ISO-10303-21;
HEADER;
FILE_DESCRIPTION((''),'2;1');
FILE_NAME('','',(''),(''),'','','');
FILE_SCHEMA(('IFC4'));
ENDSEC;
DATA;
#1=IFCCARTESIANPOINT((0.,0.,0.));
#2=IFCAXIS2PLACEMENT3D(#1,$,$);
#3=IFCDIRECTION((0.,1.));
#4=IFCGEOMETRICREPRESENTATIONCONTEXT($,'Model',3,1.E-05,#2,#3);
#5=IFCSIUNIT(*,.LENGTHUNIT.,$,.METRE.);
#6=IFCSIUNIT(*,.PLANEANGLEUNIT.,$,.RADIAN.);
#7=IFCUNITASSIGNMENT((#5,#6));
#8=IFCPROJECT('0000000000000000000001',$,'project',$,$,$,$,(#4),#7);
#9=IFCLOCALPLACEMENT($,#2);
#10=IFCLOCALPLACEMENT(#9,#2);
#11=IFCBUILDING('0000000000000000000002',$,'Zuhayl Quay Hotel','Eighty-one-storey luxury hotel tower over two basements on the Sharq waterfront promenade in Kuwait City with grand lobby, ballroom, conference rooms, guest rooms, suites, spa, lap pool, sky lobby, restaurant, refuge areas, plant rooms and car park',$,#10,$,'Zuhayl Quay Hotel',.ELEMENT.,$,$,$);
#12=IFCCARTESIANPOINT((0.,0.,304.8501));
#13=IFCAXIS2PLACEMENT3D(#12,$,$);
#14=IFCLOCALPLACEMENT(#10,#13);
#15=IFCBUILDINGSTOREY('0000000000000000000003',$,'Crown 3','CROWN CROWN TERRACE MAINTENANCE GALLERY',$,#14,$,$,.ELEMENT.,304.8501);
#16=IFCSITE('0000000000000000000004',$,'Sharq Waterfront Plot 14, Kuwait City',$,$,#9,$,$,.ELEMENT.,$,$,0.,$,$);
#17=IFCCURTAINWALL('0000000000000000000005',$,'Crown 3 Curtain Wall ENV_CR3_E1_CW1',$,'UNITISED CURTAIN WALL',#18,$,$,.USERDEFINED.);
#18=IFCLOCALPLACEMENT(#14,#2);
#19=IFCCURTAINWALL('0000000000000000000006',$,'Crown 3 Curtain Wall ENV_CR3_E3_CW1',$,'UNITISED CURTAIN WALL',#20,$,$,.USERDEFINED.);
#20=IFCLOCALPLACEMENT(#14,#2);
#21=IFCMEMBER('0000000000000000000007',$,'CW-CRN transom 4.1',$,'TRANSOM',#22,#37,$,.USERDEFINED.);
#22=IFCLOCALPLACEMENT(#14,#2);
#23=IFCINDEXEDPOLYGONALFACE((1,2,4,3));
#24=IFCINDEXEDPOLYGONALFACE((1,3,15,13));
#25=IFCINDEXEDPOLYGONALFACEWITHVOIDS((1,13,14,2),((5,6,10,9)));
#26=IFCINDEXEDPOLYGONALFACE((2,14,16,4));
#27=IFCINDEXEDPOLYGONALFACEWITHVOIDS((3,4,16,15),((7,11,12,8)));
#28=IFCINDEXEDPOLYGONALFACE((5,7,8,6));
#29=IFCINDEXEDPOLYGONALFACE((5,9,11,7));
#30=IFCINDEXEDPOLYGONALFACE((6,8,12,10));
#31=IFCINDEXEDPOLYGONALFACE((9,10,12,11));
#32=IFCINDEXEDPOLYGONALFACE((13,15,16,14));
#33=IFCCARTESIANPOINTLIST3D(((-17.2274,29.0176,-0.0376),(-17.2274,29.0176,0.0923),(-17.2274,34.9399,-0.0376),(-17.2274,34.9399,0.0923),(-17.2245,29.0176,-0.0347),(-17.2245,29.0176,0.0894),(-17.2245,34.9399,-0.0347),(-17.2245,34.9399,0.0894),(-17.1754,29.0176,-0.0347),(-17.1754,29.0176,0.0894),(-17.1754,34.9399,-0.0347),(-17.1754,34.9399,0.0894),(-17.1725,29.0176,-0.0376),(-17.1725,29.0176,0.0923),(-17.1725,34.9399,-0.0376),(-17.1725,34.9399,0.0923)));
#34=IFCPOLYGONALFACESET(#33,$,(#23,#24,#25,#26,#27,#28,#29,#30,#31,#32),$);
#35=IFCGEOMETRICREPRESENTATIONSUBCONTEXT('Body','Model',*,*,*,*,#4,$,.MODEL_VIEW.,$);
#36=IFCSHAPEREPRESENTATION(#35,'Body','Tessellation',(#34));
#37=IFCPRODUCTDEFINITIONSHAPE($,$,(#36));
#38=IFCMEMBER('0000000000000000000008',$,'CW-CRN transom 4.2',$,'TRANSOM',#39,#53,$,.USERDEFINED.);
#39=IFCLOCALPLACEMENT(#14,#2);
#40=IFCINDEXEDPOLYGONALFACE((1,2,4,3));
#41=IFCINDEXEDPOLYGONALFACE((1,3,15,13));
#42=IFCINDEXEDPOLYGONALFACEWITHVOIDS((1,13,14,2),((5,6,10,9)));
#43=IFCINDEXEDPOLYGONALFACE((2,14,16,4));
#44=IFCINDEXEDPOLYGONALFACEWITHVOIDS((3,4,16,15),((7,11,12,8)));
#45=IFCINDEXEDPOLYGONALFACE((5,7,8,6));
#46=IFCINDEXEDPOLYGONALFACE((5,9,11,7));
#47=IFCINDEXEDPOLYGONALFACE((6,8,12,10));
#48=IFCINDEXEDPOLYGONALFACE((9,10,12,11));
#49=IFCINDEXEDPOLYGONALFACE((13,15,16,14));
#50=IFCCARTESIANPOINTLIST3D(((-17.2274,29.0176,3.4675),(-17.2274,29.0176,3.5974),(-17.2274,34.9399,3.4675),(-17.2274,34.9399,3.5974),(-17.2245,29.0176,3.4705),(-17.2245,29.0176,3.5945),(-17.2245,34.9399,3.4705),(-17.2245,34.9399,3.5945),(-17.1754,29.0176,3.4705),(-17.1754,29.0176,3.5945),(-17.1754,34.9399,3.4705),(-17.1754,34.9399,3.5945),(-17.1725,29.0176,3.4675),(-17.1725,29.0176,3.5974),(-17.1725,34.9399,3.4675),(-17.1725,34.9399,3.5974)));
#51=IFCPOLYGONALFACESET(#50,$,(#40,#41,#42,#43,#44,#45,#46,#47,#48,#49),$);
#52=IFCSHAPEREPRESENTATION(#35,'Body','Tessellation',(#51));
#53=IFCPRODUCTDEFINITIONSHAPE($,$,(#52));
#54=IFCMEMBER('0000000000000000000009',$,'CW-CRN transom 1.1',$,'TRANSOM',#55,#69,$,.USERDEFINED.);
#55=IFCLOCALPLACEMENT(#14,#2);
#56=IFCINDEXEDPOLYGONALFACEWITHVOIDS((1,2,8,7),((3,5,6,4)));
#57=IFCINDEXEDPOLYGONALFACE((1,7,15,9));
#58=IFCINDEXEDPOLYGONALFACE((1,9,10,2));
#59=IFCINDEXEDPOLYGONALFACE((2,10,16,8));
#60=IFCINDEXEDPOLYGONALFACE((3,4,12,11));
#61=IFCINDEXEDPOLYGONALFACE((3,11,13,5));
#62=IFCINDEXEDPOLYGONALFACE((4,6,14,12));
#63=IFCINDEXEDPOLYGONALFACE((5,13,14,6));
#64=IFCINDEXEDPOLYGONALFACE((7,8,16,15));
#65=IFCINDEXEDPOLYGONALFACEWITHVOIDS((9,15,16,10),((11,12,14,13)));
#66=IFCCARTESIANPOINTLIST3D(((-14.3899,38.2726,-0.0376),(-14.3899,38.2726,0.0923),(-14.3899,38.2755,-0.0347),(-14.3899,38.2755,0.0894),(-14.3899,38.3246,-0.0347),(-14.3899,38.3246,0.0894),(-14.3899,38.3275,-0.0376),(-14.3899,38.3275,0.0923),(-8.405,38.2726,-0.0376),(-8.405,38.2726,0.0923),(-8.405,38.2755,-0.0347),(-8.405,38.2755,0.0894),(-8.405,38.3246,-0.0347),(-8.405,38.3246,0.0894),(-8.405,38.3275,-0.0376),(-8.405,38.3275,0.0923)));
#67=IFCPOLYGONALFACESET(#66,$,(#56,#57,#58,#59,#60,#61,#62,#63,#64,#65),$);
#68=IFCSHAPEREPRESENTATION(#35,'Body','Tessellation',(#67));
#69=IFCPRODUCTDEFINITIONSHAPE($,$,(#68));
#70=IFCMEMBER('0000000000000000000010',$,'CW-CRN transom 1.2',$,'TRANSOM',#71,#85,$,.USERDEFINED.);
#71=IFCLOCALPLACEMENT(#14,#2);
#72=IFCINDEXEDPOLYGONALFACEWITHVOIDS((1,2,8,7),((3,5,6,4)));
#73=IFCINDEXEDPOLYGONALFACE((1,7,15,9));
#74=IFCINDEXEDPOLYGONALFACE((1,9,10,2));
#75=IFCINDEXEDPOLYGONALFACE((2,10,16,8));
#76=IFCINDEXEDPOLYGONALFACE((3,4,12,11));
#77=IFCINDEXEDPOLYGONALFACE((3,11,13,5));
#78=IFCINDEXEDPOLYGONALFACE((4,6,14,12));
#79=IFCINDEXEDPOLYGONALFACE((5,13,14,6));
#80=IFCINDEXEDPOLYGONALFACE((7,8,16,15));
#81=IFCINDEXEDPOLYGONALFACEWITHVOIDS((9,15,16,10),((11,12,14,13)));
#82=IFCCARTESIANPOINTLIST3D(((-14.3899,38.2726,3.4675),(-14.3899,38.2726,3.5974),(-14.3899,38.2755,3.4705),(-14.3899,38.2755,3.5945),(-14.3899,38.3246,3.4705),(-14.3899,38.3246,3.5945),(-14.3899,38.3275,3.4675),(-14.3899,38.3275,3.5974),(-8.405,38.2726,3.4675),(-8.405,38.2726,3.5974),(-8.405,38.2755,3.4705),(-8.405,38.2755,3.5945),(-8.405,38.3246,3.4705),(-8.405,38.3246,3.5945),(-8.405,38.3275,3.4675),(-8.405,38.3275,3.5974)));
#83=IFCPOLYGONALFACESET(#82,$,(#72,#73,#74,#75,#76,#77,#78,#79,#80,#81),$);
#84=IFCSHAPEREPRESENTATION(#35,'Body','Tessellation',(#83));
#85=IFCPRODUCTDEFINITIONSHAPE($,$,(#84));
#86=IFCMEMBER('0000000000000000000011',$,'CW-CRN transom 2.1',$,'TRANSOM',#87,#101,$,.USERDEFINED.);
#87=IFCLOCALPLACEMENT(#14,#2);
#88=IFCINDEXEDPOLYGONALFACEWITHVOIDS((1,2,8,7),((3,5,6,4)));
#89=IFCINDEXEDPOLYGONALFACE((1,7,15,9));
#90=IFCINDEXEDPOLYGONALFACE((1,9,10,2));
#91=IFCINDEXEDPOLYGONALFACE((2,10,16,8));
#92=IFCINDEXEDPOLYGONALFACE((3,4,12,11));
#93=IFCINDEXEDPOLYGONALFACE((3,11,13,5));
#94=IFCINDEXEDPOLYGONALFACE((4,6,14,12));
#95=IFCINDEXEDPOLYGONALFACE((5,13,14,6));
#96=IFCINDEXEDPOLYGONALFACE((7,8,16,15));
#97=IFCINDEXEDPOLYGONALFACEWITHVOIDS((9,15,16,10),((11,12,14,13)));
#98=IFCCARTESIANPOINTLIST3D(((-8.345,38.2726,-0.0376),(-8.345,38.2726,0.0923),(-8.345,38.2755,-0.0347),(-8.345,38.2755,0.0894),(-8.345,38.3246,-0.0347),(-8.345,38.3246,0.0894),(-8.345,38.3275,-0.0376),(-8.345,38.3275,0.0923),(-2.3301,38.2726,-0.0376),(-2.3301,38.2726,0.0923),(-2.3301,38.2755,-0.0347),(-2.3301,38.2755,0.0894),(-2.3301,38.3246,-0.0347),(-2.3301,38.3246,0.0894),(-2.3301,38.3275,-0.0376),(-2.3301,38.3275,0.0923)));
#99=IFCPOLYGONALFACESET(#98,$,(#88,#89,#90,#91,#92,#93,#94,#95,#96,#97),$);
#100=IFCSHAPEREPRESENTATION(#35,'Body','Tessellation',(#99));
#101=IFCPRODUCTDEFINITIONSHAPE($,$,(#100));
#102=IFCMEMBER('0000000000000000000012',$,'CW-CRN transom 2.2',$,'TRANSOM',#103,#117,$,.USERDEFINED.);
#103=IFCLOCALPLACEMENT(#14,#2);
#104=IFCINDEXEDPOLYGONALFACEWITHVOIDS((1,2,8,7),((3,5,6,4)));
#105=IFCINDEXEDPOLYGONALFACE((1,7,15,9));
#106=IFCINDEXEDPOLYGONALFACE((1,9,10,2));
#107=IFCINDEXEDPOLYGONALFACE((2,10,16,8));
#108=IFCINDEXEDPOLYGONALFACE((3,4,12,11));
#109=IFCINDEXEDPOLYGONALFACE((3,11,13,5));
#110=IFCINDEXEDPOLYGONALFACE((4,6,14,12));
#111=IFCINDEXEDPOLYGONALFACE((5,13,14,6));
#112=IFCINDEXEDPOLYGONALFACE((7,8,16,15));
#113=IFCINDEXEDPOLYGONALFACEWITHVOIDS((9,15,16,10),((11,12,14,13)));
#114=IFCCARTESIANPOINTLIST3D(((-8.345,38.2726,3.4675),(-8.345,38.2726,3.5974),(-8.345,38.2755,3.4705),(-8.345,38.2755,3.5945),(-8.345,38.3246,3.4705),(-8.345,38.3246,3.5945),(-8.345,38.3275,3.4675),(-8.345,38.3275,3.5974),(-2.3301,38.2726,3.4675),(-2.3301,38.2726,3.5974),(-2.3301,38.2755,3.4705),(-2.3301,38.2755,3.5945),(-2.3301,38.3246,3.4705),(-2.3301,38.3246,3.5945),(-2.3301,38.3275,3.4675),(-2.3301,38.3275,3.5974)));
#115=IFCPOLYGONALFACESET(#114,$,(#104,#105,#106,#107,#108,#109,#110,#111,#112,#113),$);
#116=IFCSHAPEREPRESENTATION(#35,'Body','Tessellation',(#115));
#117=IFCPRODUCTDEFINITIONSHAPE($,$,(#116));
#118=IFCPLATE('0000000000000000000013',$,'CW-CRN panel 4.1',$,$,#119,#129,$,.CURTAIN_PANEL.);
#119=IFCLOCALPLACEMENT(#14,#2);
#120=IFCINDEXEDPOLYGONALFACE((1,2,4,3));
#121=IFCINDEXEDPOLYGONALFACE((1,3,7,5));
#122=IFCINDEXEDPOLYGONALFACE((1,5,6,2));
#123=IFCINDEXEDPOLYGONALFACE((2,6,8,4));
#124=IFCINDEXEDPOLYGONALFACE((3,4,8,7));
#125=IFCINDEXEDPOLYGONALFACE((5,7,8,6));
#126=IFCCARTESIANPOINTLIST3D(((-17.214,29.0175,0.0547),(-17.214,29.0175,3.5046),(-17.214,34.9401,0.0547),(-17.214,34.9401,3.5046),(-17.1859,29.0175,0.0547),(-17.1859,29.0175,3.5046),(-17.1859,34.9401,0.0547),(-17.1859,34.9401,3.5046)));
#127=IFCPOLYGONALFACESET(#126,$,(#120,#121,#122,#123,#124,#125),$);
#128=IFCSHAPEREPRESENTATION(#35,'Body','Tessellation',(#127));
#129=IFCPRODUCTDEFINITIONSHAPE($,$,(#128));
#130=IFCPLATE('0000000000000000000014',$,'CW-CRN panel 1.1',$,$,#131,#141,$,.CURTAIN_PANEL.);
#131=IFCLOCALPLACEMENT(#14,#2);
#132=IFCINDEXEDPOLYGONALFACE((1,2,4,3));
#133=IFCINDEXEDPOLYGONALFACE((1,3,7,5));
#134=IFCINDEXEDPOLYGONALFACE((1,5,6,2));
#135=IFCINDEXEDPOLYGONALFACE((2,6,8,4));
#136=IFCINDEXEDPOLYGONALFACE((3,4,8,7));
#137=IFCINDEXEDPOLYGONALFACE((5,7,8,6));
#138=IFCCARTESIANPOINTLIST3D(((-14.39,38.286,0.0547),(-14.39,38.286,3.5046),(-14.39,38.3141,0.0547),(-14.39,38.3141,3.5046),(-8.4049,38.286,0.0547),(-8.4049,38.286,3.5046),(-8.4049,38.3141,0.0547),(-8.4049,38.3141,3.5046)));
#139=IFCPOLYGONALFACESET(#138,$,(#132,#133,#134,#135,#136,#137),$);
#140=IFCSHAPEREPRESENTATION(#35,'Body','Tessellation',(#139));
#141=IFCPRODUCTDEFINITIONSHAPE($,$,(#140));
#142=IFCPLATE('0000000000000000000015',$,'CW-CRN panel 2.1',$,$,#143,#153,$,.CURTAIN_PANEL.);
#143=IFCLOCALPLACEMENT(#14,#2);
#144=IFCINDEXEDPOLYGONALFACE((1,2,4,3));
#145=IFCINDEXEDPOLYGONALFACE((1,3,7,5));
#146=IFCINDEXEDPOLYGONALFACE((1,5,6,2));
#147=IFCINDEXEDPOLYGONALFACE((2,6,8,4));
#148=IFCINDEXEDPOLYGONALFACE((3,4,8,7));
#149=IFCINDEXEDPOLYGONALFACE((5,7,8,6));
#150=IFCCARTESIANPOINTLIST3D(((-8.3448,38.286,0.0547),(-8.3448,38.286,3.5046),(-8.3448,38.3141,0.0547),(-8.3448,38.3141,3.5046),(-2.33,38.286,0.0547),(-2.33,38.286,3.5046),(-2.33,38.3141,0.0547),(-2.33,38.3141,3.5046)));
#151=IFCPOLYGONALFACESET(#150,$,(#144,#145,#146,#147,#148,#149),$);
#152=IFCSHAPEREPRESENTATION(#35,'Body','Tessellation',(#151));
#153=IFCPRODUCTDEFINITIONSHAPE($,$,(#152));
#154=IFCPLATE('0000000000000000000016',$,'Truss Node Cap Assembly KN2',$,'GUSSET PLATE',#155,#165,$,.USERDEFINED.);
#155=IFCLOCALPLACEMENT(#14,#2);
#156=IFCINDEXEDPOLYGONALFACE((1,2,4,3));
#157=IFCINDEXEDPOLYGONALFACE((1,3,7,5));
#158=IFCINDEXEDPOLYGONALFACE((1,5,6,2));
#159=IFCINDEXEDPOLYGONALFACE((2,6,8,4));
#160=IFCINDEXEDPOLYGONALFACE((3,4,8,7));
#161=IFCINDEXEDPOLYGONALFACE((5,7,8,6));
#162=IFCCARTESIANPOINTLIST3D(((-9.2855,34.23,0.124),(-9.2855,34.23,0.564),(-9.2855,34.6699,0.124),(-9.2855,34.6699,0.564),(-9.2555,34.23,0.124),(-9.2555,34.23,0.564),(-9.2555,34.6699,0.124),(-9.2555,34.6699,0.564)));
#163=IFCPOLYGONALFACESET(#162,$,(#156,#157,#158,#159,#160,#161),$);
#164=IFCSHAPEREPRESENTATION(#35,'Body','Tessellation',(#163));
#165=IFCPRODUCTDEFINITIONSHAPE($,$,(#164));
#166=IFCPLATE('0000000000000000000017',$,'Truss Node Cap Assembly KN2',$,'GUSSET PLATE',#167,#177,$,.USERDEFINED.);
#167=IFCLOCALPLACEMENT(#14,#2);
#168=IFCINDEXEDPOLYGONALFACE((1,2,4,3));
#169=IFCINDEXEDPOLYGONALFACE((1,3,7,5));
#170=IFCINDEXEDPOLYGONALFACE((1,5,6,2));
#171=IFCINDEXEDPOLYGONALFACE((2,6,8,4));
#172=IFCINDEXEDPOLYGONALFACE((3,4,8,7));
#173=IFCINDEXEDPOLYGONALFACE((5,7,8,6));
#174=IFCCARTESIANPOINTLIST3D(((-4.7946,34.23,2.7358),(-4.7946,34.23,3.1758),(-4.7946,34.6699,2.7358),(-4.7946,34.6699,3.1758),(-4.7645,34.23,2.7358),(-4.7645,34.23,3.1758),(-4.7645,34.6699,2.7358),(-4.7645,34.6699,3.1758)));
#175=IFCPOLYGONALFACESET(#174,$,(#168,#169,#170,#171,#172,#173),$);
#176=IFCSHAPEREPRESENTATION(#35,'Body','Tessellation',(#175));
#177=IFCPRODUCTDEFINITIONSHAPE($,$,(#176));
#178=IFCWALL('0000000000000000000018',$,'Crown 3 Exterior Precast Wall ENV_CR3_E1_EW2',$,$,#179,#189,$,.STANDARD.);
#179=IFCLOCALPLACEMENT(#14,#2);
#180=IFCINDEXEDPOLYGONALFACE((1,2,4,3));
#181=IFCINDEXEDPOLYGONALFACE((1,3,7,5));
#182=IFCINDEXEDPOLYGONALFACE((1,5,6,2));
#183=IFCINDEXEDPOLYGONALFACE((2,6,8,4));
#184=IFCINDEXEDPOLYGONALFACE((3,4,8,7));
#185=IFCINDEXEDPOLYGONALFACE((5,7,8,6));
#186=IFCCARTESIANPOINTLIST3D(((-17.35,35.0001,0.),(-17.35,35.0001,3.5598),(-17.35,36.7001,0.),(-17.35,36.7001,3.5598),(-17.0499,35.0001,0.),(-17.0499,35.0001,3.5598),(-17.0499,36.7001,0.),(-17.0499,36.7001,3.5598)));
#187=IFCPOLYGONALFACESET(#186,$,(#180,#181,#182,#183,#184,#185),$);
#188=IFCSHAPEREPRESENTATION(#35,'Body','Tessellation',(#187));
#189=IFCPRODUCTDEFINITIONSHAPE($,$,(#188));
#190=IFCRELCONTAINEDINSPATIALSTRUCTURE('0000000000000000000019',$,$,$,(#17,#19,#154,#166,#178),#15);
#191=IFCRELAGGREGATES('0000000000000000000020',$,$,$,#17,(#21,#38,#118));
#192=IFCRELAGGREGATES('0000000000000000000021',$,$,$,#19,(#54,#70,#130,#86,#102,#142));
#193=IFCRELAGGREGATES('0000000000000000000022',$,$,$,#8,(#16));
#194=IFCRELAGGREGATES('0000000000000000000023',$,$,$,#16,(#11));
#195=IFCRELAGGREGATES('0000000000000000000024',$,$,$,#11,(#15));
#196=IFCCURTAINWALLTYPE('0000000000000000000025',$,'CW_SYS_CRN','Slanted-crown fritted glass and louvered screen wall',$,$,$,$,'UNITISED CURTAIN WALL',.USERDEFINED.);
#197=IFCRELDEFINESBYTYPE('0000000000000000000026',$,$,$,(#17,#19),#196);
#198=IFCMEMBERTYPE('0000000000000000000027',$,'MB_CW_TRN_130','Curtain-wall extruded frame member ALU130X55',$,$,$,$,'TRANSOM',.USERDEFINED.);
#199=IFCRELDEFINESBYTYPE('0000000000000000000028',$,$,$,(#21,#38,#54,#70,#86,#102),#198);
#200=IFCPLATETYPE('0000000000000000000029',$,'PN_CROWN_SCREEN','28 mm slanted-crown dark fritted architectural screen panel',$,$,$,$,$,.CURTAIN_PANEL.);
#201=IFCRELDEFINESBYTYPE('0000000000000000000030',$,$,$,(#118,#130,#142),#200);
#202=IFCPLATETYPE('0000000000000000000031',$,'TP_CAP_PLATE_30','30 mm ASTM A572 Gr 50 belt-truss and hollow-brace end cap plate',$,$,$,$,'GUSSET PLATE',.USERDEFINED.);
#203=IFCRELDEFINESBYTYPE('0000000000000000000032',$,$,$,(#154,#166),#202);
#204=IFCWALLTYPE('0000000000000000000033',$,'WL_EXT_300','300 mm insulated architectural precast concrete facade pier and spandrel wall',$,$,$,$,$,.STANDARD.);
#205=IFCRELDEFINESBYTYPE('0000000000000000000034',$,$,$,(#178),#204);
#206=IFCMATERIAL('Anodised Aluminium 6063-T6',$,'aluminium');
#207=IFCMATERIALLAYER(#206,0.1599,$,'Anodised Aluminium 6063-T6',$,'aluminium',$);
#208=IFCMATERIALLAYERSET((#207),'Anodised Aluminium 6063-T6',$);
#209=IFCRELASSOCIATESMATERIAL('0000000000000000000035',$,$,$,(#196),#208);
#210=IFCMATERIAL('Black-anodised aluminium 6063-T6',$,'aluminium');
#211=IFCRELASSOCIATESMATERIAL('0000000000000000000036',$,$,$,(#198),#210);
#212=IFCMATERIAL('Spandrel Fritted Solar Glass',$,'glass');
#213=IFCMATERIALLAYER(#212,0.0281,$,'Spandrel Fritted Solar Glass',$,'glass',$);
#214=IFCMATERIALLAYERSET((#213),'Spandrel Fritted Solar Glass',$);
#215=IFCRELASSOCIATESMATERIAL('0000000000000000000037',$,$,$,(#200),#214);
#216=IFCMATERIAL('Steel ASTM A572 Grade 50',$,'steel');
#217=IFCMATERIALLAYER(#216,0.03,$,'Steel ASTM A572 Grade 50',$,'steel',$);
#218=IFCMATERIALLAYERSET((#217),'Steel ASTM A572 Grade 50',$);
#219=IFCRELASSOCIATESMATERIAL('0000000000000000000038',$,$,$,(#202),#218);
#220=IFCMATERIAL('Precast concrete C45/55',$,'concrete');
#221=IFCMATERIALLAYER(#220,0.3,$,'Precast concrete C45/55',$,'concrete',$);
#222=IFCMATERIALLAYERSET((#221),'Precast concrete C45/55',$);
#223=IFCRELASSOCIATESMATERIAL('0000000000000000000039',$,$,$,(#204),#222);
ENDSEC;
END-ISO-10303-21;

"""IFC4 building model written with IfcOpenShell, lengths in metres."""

from ifc_helpers import new_model, si_unit, direction, frame, frame_2d, origin, origin_2d, place, context, subcontext, project, spatial, rectangle, hollow_rectangle, extrude, material, layer, layer_set, material_profile, profile_set, type_object, element, aggregate, save


model = new_model("IFC4")

# Units and contexts
model_context = context("Model", 3, precision=1e-05, world=origin(), true_north=direction((0.0, 1.0)))
body_context = subcontext(model_context, "Body", "Model", "MODEL_VIEW")
ifc_project = project(units=[si_unit("LENGTHUNIT", "METRE"), si_unit("PLANEANGLEUNIT", "RADIAN")], contexts=[model_context])

# Site, building, storey
site_placement = place(None, origin())
site = spatial("IfcSite", under=ifc_project, at=site_placement, Name="Sharq Waterfront Plot 14, Kuwait City", CompositionType="ELEMENT", RefElevation=0.0)
building_placement = place(site_placement, origin())
building = spatial("IfcBuilding", under=site, at=building_placement, Name="Zuhayl Quay Hotel", Description="Eighty-one-storey luxury hotel tower over two basements on the Sharq waterfront promenade in Kuwait City with grand lobby, ballroom, conference rooms, guest rooms, suites, spa, lap pool, sky lobby, restaurant, refuge areas, plant rooms and car park", LongName="Zuhayl Quay Hotel", CompositionType="ELEMENT")
storey_placement = place(building_placement, frame((0.0, 0.0, 304.8501)))
storey = spatial("IfcBuildingStorey", under=building, at=storey_placement, Name="Crown 3", Description="CROWN CROWN TERRACE MAINTENANCE GALLERY", CompositionType="ELEMENT", Elevation=304.8501)

# Curtain walls
ifc_material_1 = material(Name="Anodised Aluminium 6063-T6", Category="aluminium")
ifc_layer_1 = layer(ifc_material_1, 0.1599, Name="Anodised Aluminium 6063-T6", Category="aluminium")
ifc_layer_set_1 = layer_set([ifc_layer_1], Name="Anodised Aluminium 6063-T6")
curtain_wall_type = type_object("IfcCurtainWallType", Name="CW_SYS_CRN", Description="Slanted-crown fritted glass and louvered screen wall", ElementType="UNITISED CURTAIN WALL", PredefinedType="USERDEFINED", material=ifc_layer_set_1)
curtain_wall_1_placement = place(storey_placement, origin())
curtain_wall_1 = element("IfcCurtainWall", 1, at=curtain_wall_1_placement, inside=storey, type_object=curtain_wall_type, Name="Crown 3 Curtain Wall ENV_CR3_E1_CW1", ObjectType="UNITISED CURTAIN WALL", PredefinedType="USERDEFINED")
ifc_material_2 = material(Name="Black-anodised aluminium 6063-T6", Category="aluminium")
curtain_wall_2_placement = place(storey_placement, origin())
curtain_wall_2 = element("IfcCurtainWall", 2, at=curtain_wall_2_placement, inside=storey, type_object=curtain_wall_type, Name="Crown 3 Curtain Wall ENV_CR3_E3_CW1", ObjectType="UNITISED CURTAIN WALL", PredefinedType="USERDEFINED")

# Members
ifc_material_profile_1 = material_profile(ifc_material_2, hollow_rectangle(XDim=0.0549, YDim=0.1299, WallThickness=0.0029, at=origin_2d()), Name="ALU130X55")
ifc_profile_set_1 = profile_set([ifc_material_profile_1], Name="Black-anodised aluminium 6063-T6")
member_type_1 = type_object("IfcMemberType", Name="MB_CW_TRN_130", Description="Curtain-wall extruded frame member ALU130X55", ElementType="TRANSOM", PredefinedType="USERDEFINED", material=ifc_profile_set_1)
member_1_placement = place(storey_placement, frame((-17.2, 29.0176, 0.0273), z_axis=(0.0, 1.0, 0.0), x_axis=(-1.0, 0.0, 0.0)))
member_1 = element("IfcMember", 3, at=member_1_placement, type_object=member_type_1, Name="CW-CRN transom 4.1", ObjectType="TRANSOM", PredefinedType="USERDEFINED", context=body_context, shape_type="SweptSolid", body=[
    extrude(hollow_rectangle(XDim=0.0549, YDim=0.1299, WallThickness=0.0029, at=origin_2d()), origin(), (0.0, 0.0, 1.0), 5.9224),
])
member_2_placement = place(storey_placement, frame((-17.2, 29.0176, 3.5325), z_axis=(0.0, 1.0, 0.0), x_axis=(-1.0, 0.0, 0.0)))
member_2 = element("IfcMember", 4, at=member_2_placement, type_object=member_type_1, Name="CW-CRN transom 4.2", ObjectType="TRANSOM", PredefinedType="USERDEFINED", context=body_context, shape_type="SweptSolid", body=[
    extrude(hollow_rectangle(XDim=0.0549, YDim=0.1299, WallThickness=0.0029, at=origin_2d()), origin(), (0.0, 0.0, 1.0), 5.9224),
])
member_3_placement = place(storey_placement, frame((-14.3899, 38.3, 0.0273), z_axis=(1.0, 0.0, 0.0), x_axis=(0.0, 1.0, 0.0)))
member_3 = element("IfcMember", 5, at=member_3_placement, type_object=member_type_1, Name="CW-CRN transom 1.1", ObjectType="TRANSOM", PredefinedType="USERDEFINED", context=body_context, shape_type="SweptSolid", body=[
    extrude(hollow_rectangle(XDim=0.0549, YDim=0.1299, WallThickness=0.0029, at=origin_2d()), origin(), (0.0, 0.0, 1.0), 5.9849),
])
member_4_placement = place(storey_placement, frame((-14.3899, 38.3, 3.5325), z_axis=(1.0, 0.0, 0.0), x_axis=(0.0, 1.0, 0.0)))
member_4 = element("IfcMember", 6, at=member_4_placement, type_object=member_type_1, Name="CW-CRN transom 1.2", ObjectType="TRANSOM", PredefinedType="USERDEFINED", context=body_context, shape_type="SweptSolid", body=[
    extrude(hollow_rectangle(XDim=0.0549, YDim=0.1299, WallThickness=0.0029, at=origin_2d()), origin(), (0.0, 0.0, 1.0), 5.9849),
])
member_5_placement = place(storey_placement, frame((-8.345, 38.3, 0.0273), z_axis=(1.0, 0.0, 0.0), x_axis=(0.0, 1.0, 0.0)))
member_5 = element("IfcMember", 7, at=member_5_placement, type_object=member_type_1, Name="CW-CRN transom 2.1", ObjectType="TRANSOM", PredefinedType="USERDEFINED", context=body_context, shape_type="SweptSolid", body=[
    extrude(hollow_rectangle(XDim=0.0549, YDim=0.1299, WallThickness=0.0029, at=origin_2d()), origin(), (0.0, 0.0, 1.0), 6.0149),
])
member_6_placement = place(storey_placement, frame((-8.345, 38.3, 3.5325), z_axis=(1.0, 0.0, 0.0), x_axis=(0.0, 1.0, 0.0)))
member_6 = element("IfcMember", 8, at=member_6_placement, type_object=member_type_1, Name="CW-CRN transom 2.2", ObjectType="TRANSOM", PredefinedType="USERDEFINED", context=body_context, shape_type="SweptSolid", body=[
    extrude(hollow_rectangle(XDim=0.0549, YDim=0.1299, WallThickness=0.0029, at=origin_2d()), origin(), (0.0, 0.0, 1.0), 6.0149),
])

# Plates
ifc_material_3 = material(Name="Spandrel Fritted Solar Glass", Category="glass")
ifc_layer_2 = layer(ifc_material_3, 0.0281, Name="Spandrel Fritted Solar Glass", Category="glass")
ifc_layer_set_2 = layer_set([ifc_layer_2], Name="Spandrel Fritted Solar Glass")
plate_type_1 = type_object("IfcPlateType", Name="PN_CROWN_SCREEN", Description="28 mm slanted-crown dark fritted architectural screen panel", PredefinedType="CURTAIN_PANEL", material=ifc_layer_set_2)
plate_1_placement = place(storey_placement, frame((-17.2, 31.9788, 0.0547), z_axis=(0.0, 0.0, 1.0), x_axis=(0.0, 1.0, 0.0)))
plate_1 = element("IfcPlate", 9, at=plate_1_placement, type_object=plate_type_1, Name="CW-CRN panel 4.1", PredefinedType="CURTAIN_PANEL", context=body_context, shape_type="SweptSolid", body=[
    extrude(rectangle(XDim=5.9226, YDim=0.0281, at=origin_2d()), origin(), (0.0, 0.0, 1.0), 3.45),
])
aggregate(curtain_wall_1, [member_1, member_2, plate_1])
plate_2_placement = place(storey_placement, frame((-11.3975, 38.3, 0.0547), z_axis=(0.0, 0.0, 1.0), x_axis=(1.0, 0.0, 0.0)))
plate_2 = element("IfcPlate", 10, at=plate_2_placement, type_object=plate_type_1, Name="CW-CRN panel 1.1", PredefinedType="CURTAIN_PANEL", context=body_context, shape_type="SweptSolid", body=[
    extrude(rectangle(XDim=5.9851, YDim=0.0281, at=origin_2d()), origin(), (0.0, 0.0, 1.0), 3.45),
])
plate_3_placement = place(storey_placement, frame((-5.3374, 38.3, 0.0547), z_axis=(0.0, 0.0, 1.0), x_axis=(1.0, 0.0, 0.0)))
plate_3 = element("IfcPlate", 11, at=plate_3_placement, type_object=plate_type_1, Name="CW-CRN panel 2.1", PredefinedType="CURTAIN_PANEL", context=body_context, shape_type="SweptSolid", body=[
    extrude(rectangle(XDim=6.0149, YDim=0.0281, at=origin_2d()), origin(), (0.0, 0.0, 1.0), 3.45),
])
aggregate(curtain_wall_2, [member_3, member_4, plate_2, member_5, member_6, plate_3])

# Plates
ifc_material_4 = material(Name="Steel ASTM A572 Grade 50", Category="steel")
ifc_layer_3 = layer(ifc_material_4, 0.03, Name="Steel ASTM A572 Grade 50", Category="steel")
ifc_layer_set_3 = layer_set([ifc_layer_3], Name="Steel ASTM A572 Grade 50")
plate_type_2 = type_object("IfcPlateType", Name="TP_CAP_PLATE_30", Description="30 mm ASTM A572 Gr 50 belt-truss and hollow-brace end cap plate", ElementType="GUSSET PLATE", PredefinedType="USERDEFINED", material=ifc_layer_set_3)
for number, where, z_axis, x_axis, name in (
    (12, (-9.2705, 34.45, 0.124), (0.0, 0.0, 1.0), (-1.0, 0.0, 0.0), "Truss Node Cap Assembly KN2"),
    (13, (-4.7795, 34.45, 2.7358), (0.0, 0.0, 1.0), (1.0, 0.0, 0.0), "Truss Node Cap Assembly KN2"),
):
    element("IfcPlate", number, at=place(storey_placement, frame(where, z_axis=z_axis, x_axis=x_axis)), inside=storey, type_object=plate_type_2, Name=name, ObjectType="GUSSET PLATE", PredefinedType="USERDEFINED", context=body_context, shape_type="SweptSolid", body=[
        extrude(rectangle(XDim=0.03, YDim=0.4399, at=origin_2d()), origin(), (0.0, 0.0, 1.0), 0.4399),
    ])

# Wall
ifc_material_5 = material(Name="Precast concrete C45/55", Category="concrete")
ifc_layer_4 = layer(ifc_material_5, 0.3, Name="Precast concrete C45/55", Category="concrete")
ifc_layer_set_4 = layer_set([ifc_layer_4], Name="Precast concrete C45/55")
wall_type_1 = type_object("IfcWallType", Name="WL_EXT_300", Description="300 mm insulated architectural precast concrete facade pier and spandrel wall", PredefinedType="STANDARD", material=ifc_layer_set_4)
wall_1_placement = place(storey_placement, frame((-17.2, 35.0, 0.0), z_axis=(0.0, 0.0, 1.0), x_axis=(0.0, 1.0, 0.0)))
element("IfcWall", 14, at=wall_1_placement, inside=storey, type_object=wall_type_1, Name="Crown 3 Exterior Precast Wall ENV_CR3_E1_EW2", PredefinedType="STANDARD", context=body_context, shape_type="SweptSolid", body=[
    extrude(rectangle(XDim=1.7, YDim=0.3, at=frame_2d((0.8501, 0.0))), origin(), (0.0, 0.0, 1.0), 3.5598),
])

save(model, "model.ifc")
